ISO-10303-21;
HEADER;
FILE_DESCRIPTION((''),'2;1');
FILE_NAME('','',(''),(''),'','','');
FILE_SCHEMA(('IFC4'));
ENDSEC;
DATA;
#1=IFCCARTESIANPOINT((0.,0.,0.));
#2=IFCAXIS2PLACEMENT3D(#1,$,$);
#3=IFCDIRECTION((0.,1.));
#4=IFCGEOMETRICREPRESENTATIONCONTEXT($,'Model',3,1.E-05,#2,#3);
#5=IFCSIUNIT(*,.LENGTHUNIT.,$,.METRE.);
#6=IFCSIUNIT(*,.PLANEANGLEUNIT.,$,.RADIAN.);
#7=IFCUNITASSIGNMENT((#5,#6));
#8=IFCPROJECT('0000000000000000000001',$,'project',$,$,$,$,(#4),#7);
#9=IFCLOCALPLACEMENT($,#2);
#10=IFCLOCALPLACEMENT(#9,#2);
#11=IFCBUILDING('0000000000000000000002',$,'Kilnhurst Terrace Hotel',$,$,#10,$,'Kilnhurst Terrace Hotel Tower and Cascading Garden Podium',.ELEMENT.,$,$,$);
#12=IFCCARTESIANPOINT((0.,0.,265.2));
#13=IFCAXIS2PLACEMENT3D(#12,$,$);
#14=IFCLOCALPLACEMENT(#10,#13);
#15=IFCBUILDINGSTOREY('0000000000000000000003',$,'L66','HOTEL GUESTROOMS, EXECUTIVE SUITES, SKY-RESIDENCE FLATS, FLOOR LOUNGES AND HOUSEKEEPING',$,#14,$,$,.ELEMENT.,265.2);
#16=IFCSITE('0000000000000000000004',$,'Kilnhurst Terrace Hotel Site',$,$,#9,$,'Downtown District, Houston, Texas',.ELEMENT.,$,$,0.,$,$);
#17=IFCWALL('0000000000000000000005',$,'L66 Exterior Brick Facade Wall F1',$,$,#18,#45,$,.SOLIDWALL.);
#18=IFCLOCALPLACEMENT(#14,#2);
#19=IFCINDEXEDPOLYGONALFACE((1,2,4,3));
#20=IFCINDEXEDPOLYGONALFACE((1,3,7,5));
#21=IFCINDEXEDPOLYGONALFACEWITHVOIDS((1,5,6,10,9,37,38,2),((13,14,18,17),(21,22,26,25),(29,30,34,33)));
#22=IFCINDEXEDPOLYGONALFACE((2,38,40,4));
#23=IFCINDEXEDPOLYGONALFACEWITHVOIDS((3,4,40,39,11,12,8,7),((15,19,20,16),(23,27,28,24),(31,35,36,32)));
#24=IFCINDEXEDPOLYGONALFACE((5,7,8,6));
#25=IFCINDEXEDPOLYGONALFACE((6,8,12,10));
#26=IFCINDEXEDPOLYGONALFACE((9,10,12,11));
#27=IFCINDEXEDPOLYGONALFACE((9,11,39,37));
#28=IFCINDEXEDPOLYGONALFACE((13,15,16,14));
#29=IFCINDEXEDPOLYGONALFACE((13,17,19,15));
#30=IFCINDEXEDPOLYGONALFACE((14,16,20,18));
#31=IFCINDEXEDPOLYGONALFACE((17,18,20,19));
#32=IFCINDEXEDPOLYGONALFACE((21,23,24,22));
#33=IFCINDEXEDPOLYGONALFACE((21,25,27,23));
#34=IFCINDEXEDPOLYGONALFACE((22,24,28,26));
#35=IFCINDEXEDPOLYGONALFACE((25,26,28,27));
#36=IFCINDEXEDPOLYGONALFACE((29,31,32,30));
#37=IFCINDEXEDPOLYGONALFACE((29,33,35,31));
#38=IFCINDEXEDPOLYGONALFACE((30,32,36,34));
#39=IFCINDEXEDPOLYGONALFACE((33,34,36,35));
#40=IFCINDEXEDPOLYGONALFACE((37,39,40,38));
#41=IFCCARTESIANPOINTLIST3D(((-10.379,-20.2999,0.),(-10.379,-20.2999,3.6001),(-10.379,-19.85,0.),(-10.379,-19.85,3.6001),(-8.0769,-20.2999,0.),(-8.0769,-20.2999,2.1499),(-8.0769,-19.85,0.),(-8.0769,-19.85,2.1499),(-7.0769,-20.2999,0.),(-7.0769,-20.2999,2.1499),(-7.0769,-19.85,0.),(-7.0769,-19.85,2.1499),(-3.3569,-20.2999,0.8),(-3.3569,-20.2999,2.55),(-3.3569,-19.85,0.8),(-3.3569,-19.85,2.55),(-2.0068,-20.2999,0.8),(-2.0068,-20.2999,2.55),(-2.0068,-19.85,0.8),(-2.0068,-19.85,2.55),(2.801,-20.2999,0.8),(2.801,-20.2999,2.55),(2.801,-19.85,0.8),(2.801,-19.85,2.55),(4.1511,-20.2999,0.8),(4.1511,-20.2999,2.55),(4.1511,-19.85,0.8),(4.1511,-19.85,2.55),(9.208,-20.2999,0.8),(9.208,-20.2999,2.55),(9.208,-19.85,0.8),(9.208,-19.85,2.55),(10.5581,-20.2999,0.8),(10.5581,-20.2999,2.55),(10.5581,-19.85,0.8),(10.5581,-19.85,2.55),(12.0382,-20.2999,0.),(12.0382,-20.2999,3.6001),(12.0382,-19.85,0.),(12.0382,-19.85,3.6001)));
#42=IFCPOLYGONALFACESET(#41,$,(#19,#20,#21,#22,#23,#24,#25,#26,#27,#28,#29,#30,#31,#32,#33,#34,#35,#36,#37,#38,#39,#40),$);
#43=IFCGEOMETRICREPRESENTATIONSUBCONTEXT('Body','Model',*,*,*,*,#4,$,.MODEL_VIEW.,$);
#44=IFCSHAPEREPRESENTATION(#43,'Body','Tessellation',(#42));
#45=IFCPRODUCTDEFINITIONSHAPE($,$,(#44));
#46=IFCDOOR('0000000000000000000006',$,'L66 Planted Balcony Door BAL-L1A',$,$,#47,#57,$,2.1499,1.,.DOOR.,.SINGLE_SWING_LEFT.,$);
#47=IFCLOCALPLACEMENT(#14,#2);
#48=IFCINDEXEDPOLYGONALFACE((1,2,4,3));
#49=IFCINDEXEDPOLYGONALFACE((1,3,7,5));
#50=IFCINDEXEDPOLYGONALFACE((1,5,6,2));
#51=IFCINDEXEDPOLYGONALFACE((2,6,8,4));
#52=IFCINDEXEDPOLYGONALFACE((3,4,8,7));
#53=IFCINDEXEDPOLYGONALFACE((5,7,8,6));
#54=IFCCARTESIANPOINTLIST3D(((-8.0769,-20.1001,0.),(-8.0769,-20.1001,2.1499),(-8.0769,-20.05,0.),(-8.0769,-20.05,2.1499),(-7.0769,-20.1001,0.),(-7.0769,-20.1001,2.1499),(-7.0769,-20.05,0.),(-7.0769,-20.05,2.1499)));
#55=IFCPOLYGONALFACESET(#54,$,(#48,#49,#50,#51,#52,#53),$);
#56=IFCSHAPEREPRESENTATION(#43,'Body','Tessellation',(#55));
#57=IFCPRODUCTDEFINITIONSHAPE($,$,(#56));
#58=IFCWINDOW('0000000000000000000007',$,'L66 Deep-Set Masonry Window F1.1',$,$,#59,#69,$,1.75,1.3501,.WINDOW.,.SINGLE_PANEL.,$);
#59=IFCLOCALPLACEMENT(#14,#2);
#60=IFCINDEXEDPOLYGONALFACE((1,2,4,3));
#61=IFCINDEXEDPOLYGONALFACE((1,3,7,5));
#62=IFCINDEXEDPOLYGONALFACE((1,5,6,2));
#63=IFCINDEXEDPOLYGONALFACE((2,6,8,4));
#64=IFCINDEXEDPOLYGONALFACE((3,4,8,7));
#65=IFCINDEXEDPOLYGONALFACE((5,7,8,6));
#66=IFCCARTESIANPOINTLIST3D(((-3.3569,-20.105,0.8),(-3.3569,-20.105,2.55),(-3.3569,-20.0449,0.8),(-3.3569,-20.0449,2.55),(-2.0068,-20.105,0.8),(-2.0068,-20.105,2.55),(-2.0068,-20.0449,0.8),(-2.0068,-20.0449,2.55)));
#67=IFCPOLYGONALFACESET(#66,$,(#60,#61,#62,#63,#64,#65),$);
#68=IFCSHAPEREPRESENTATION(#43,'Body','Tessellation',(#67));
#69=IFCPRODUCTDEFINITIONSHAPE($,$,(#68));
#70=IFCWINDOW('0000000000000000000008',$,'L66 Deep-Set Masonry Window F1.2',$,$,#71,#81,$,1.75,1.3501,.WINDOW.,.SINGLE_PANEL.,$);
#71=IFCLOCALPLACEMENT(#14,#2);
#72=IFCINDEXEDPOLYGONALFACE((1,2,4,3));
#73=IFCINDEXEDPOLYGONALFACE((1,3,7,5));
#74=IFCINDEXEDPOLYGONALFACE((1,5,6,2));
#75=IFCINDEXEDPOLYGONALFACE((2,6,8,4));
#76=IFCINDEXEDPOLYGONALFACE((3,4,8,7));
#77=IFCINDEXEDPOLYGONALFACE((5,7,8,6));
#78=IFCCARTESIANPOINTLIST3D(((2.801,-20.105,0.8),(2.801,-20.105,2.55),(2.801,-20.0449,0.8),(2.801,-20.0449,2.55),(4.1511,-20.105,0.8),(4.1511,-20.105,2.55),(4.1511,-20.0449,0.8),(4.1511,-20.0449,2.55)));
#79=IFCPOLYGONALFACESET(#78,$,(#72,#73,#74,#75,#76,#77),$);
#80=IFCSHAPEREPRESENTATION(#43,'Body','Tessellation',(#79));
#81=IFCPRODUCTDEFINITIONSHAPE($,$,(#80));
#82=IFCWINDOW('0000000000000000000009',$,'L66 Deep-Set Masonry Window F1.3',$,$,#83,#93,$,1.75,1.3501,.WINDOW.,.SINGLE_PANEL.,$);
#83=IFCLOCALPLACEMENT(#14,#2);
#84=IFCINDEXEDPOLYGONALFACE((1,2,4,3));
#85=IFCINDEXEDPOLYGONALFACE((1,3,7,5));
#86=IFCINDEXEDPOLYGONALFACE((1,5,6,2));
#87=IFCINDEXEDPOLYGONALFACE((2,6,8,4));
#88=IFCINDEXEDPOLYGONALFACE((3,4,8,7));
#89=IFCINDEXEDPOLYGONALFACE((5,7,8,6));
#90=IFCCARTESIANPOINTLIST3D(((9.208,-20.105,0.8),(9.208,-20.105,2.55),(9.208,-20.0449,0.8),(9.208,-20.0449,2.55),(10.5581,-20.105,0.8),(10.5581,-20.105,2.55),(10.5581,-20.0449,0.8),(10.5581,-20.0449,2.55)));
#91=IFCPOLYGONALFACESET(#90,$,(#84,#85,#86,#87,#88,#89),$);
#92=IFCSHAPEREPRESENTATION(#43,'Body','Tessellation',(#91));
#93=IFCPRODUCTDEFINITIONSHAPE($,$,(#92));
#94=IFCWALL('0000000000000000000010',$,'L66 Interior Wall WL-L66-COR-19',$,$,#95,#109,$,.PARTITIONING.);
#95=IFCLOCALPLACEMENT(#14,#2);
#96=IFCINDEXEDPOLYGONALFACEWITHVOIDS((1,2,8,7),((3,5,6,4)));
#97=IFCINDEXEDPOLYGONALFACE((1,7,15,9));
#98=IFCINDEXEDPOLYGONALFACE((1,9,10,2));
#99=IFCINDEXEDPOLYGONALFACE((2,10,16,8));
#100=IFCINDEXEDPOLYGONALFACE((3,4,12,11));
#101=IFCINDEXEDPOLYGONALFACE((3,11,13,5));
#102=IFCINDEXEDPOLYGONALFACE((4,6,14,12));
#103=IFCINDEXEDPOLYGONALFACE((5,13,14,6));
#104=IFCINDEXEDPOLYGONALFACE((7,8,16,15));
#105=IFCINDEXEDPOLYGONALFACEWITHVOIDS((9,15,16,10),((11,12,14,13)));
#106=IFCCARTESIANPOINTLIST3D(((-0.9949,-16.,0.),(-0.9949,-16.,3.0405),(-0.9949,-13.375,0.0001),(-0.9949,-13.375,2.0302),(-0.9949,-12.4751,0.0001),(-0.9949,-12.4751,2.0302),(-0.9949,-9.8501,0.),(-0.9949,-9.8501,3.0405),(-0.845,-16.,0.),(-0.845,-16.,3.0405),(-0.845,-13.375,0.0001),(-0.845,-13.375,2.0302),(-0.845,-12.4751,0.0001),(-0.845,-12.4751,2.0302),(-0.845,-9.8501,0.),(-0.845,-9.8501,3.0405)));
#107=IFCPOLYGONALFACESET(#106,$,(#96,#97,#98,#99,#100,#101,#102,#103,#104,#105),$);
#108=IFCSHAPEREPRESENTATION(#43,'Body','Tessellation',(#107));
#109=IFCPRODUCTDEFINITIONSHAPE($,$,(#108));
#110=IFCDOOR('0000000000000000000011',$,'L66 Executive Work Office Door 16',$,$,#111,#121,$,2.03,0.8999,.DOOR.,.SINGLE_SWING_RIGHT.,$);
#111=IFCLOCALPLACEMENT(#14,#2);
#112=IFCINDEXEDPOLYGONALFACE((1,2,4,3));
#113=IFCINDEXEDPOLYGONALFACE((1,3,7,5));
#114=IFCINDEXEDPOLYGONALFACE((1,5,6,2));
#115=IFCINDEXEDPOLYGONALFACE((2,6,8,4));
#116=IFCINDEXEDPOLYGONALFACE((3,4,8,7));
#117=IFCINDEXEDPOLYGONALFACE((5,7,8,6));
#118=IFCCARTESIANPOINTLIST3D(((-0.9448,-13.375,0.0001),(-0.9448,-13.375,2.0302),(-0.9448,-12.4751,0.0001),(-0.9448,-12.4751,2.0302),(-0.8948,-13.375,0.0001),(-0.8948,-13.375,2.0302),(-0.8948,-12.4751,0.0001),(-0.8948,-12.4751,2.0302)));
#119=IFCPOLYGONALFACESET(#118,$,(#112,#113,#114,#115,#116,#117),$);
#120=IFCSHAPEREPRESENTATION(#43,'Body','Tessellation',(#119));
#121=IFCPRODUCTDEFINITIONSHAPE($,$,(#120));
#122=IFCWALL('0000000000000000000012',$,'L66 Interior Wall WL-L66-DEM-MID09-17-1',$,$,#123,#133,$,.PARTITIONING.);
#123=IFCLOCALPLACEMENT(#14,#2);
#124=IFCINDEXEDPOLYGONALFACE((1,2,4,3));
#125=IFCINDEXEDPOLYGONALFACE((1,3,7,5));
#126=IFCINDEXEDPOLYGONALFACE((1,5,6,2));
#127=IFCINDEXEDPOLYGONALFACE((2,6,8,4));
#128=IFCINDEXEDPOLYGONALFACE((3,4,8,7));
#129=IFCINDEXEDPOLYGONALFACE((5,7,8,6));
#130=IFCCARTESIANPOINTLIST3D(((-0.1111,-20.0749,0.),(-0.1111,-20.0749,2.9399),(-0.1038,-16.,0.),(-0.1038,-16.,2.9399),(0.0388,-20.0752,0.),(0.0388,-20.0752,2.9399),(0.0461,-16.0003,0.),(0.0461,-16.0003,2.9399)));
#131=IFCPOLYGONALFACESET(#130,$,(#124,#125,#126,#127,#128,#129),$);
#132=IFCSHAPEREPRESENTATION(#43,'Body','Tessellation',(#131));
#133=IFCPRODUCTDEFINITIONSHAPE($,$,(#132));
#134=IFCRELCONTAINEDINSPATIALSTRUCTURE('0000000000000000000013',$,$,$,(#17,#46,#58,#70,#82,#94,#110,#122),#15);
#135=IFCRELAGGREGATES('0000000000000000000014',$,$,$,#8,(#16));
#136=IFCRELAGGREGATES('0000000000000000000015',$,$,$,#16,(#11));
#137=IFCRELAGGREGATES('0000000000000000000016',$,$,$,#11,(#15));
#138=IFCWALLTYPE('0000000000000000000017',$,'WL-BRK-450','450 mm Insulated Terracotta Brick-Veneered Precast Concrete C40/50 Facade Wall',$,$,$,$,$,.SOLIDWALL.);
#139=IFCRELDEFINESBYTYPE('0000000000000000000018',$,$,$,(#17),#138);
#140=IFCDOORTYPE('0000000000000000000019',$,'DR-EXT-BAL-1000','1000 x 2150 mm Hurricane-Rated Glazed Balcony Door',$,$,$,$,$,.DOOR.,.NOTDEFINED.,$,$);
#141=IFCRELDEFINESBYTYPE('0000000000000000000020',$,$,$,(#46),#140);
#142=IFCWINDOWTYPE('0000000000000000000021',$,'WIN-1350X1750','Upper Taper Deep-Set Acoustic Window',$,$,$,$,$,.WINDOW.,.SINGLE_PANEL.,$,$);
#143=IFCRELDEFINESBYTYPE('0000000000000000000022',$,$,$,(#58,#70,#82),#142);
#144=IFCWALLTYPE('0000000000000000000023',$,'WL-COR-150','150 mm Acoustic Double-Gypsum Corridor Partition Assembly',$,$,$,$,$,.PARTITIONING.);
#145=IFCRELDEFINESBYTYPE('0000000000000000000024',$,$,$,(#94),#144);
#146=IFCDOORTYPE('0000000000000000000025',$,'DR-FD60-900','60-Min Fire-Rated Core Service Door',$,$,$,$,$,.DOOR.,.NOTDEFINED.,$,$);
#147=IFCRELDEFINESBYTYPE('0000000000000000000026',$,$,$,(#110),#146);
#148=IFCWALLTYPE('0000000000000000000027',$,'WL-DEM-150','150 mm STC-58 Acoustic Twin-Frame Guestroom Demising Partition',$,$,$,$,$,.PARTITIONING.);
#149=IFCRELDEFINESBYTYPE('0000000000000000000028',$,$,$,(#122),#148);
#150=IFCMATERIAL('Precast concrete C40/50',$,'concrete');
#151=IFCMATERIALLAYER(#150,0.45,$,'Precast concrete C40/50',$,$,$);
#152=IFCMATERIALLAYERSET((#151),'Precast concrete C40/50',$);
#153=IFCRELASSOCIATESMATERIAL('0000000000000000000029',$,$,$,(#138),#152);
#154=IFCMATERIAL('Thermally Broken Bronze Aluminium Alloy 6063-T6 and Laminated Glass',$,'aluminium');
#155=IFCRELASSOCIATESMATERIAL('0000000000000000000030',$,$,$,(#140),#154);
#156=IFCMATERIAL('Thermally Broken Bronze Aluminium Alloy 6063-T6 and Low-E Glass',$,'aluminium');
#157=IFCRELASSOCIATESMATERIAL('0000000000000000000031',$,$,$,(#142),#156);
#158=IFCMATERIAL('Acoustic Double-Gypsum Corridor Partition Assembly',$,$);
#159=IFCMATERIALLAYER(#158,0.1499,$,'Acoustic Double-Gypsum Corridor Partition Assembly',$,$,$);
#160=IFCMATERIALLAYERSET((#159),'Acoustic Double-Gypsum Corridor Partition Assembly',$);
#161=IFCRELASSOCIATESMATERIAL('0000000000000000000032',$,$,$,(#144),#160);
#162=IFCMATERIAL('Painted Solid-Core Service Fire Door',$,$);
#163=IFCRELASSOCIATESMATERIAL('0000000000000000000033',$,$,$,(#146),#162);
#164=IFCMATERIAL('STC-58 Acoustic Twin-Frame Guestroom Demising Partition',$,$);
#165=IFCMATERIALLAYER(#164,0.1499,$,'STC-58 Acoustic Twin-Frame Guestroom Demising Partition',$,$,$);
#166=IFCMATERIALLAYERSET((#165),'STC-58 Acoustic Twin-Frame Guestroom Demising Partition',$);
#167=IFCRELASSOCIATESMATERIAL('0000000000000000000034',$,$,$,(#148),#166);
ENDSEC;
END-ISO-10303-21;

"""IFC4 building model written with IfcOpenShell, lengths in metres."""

from ifc_helpers import new_model, si_unit, direction, frame, frame_2d, origin, place, context, subcontext, project, spatial, rectangle, extrude, material, layer, layer_set, type_object, element, fill, save


model = new_model("IFC4")

# Units and contexts
model_context = context("Model", 3, precision=1e-05, world=origin(), true_north=direction((0.0, 1.0)))
body_context = subcontext(model_context, "Body", "Model", "MODEL_VIEW")
ifc_project = project(units=[si_unit("LENGTHUNIT", "METRE"), si_unit("PLANEANGLEUNIT", "RADIAN")], contexts=[model_context])

# Site, building, storey
site_placement = place(None, origin())
site = spatial("IfcSite", under=ifc_project, at=site_placement, Name="Kilnhurst Terrace Hotel Site", LongName="Downtown District, Houston, Texas", CompositionType="ELEMENT", RefElevation=0.0)
building_placement = place(site_placement, origin())
building = spatial("IfcBuilding", under=site, at=building_placement, Name="Kilnhurst Terrace Hotel", LongName="Kilnhurst Terrace Hotel Tower and Cascading Garden Podium", CompositionType="ELEMENT")
storey_placement = place(building_placement, frame((0.0, 0.0, 265.2)))
storey = spatial("IfcBuildingStorey", under=building, at=storey_placement, Name="L66", Description="HOTEL GUESTROOMS, EXECUTIVE SUITES, SKY-RESIDENCE FLATS, FLOOR LOUNGES AND HOUSEKEEPING", CompositionType="ELEMENT", Elevation=265.2)

# Shared definitions
ifc_material_1 = material(Name="Precast concrete C40/50", Category="concrete")
ifc_layer_1 = layer(ifc_material_1, 0.45, Name="Precast concrete C40/50")
ifc_layer_set_1 = layer_set([ifc_layer_1], Name="Precast concrete C40/50")
wall_type_1 = type_object("IfcWallType", Name="WL-BRK-450", Description="450 mm Insulated Terracotta Brick-Veneered Precast Concrete C40/50 Facade Wall", PredefinedType="SOLIDWALL", material=ifc_layer_set_1)

# Wall, openings, door, windows
wall_1_placement = place(storey_placement, frame((-10.3789, -20.075, 0.0), z_axis=(0.0, 0.0, 1.0), x_axis=(1.0, 0.0, 0.0)))
wall_1 = element("IfcWall", 1, at=wall_1_placement, inside=storey, type_object=wall_type_1, Name="L66 Exterior Brick Facade Wall F1", PredefinedType="SOLIDWALL", context=body_context, shape_type="SweptSolid", body=[
    extrude(rectangle(XDim=22.4172, YDim=0.45, at=frame_2d((11.2085, 0.0))), origin(), (0.0, 0.0, 1.0), 3.6001),
])
opening_1_placement = place(wall_1_placement, frame((2.302, 0.0, 0.0)))
opening_1 = element("IfcOpeningElement", 2, at=opening_1_placement, cuts=wall_1, PredefinedType="OPENING", context=body_context, shape_type="SweptSolid", body=[
    extrude(rectangle(XDim=1.0, YDim=2.1499, at=frame_2d((0.5, 1.075))), frame((0.0, 0.2349, 0.0), z_axis=(0.0, -1.0, 0.0), x_axis=(1.0, 0.0, 0.0)), (0.0, 0.0, 1.0), 0.47),
])
opening_2_placement = place(wall_1_placement, frame((7.022, 0.0, 0.8)))
opening_2 = element("IfcOpeningElement", 3, at=opening_2_placement, cuts=wall_1, PredefinedType="OPENING", context=body_context, shape_type="SweptSolid", body=[
    extrude(rectangle(XDim=1.3501, YDim=1.75, at=frame_2d((0.675, 0.875))), frame((0.0, 0.2349, 0.0), z_axis=(0.0, -1.0, 0.0), x_axis=(1.0, 0.0, 0.0)), (0.0, 0.0, 1.0), 0.47),
])
opening_3_placement = place(wall_1_placement, frame((13.1799, 0.0, 0.8)))
opening_3 = element("IfcOpeningElement", 4, at=opening_3_placement, cuts=wall_1, PredefinedType="OPENING", context=body_context, shape_type="SweptSolid", body=[
    extrude(rectangle(XDim=1.3501, YDim=1.75, at=frame_2d((0.675, 0.875))), frame((0.0, 0.2349, 0.0), z_axis=(0.0, -1.0, 0.0), x_axis=(1.0, 0.0, 0.0)), (0.0, 0.0, 1.0), 0.47),
])
opening_4_placement = place(wall_1_placement, frame((19.5869, 0.0, 0.8)))
opening_4 = element("IfcOpeningElement", 5, at=opening_4_placement, cuts=wall_1, PredefinedType="OPENING", context=body_context, shape_type="SweptSolid", body=[
    extrude(rectangle(XDim=1.3501, YDim=1.75, at=frame_2d((0.675, 0.875))), frame((0.0, 0.2349, 0.0), z_axis=(0.0, -1.0, 0.0), x_axis=(1.0, 0.0, 0.0)), (0.0, 0.0, 1.0), 0.47),
])
ifc_material_2 = material(Name="Thermally Broken Bronze Aluminium Alloy 6063-T6 and Laminated Glass", Category="aluminium")
door_type_1 = type_object("IfcDoorType", Name="DR-EXT-BAL-1000", Description="1000 x 2150 mm Hurricane-Rated Glazed Balcony Door", OperationType="NOTDEFINED", PredefinedType="DOOR", material=ifc_material_2)
door_1_placement = place(opening_1_placement, origin())
door_1 = element("IfcDoor", 6, at=door_1_placement, inside=storey, type_object=door_type_1, Name="L66 Planted Balcony Door BAL-L1A", OperationType="SINGLE_SWING_LEFT", OverallHeight=2.1499, OverallWidth=1.0, PredefinedType="DOOR", context=body_context, shape_type="SweptSolid", body=[
    extrude(rectangle(XDim=1.0, YDim=2.1499, at=frame_2d((0.5, 1.075))), frame((0.0, 0.0249, 0.0), z_axis=(0.0, -1.0, 0.0), x_axis=(1.0, 0.0, 0.0)), (0.0, 0.0, 1.0), 0.05),
])
fill(opening_1, door_1)
ifc_material_3 = material(Name="Thermally Broken Bronze Aluminium Alloy 6063-T6 and Low-E Glass", Category="aluminium")
window_type = type_object("IfcWindowType", Name="WIN-1350X1750", Description="Upper Taper Deep-Set Acoustic Window", PartitioningType="SINGLE_PANEL", PredefinedType="WINDOW", material=ifc_material_3)
window_1_placement = place(opening_2_placement, origin())
window_1 = element("IfcWindow", 7, at=window_1_placement, inside=storey, type_object=window_type, Name="L66 Deep-Set Masonry Window F1.1", OverallHeight=1.75, OverallWidth=1.3501, PartitioningType="SINGLE_PANEL", PredefinedType="WINDOW", context=body_context, shape_type="SweptSolid", body=[
    extrude(rectangle(XDim=1.3501, YDim=1.75, at=frame_2d((0.675, 0.875))), frame((0.0, 0.03, 0.0), z_axis=(0.0, -1.0, 0.0), x_axis=(1.0, 0.0, 0.0)), (0.0, 0.0, 1.0), 0.0601),
])
fill(opening_2, window_1)
window_2_placement = place(opening_3_placement, origin())
window_2 = element("IfcWindow", 8, at=window_2_placement, inside=storey, type_object=window_type, Name="L66 Deep-Set Masonry Window F1.2", OverallHeight=1.75, OverallWidth=1.3501, PartitioningType="SINGLE_PANEL", PredefinedType="WINDOW", context=body_context, shape_type="SweptSolid", body=[
    extrude(rectangle(XDim=1.3501, YDim=1.75, at=frame_2d((0.675, 0.875))), frame((0.0, 0.03, 0.0), z_axis=(0.0, -1.0, 0.0), x_axis=(1.0, 0.0, 0.0)), (0.0, 0.0, 1.0), 0.0601),
])
fill(opening_3, window_2)
window_3_placement = place(opening_4_placement, origin())
window_3 = element("IfcWindow", 9, at=window_3_placement, inside=storey, type_object=window_type, Name="L66 Deep-Set Masonry Window F1.3", OverallHeight=1.75, OverallWidth=1.3501, PartitioningType="SINGLE_PANEL", PredefinedType="WINDOW", context=body_context, shape_type="SweptSolid", body=[
    extrude(rectangle(XDim=1.3501, YDim=1.75, at=frame_2d((0.675, 0.875))), frame((0.0, 0.03, 0.0), z_axis=(0.0, -1.0, 0.0), x_axis=(1.0, 0.0, 0.0)), (0.0, 0.0, 1.0), 0.0601),
])
fill(opening_4, window_3)

# Wall, opening, door
ifc_material_4 = material(Name="Acoustic Double-Gypsum Corridor Partition Assembly")
ifc_layer_2 = layer(ifc_material_4, 0.1499, Name="Acoustic Double-Gypsum Corridor Partition Assembly")
ifc_layer_set_2 = layer_set([ifc_layer_2], Name="Acoustic Double-Gypsum Corridor Partition Assembly")
wall_type_2 = type_object("IfcWallType", Name="WL-COR-150", Description="150 mm Acoustic Double-Gypsum Corridor Partition Assembly", PredefinedType="PARTITIONING", material=ifc_layer_set_2)
wall_2_placement = place(storey_placement, frame((-0.9199, -16.0, 0.0), z_axis=(0.0, 0.0, 1.0), x_axis=(0.0, 1.0, 0.0)))
wall_2 = element("IfcWall", 10, at=wall_2_placement, inside=storey, type_object=wall_type_2, Name="L66 Interior Wall WL-L66-COR-19", PredefinedType="PARTITIONING", context=body_context, shape_type="SweptSolid", body=[
    extrude(rectangle(XDim=6.1499, YDim=0.1499, at=frame_2d((3.075, 0.0))), origin(), (0.0, 0.0, 1.0), 3.0405),
])
opening_5_placement = place(wall_2_placement, frame((2.625, 0.0, 0.0)))
opening_5 = element("IfcOpeningElement", 11, at=opening_5_placement, cuts=wall_2, PredefinedType="OPENING", context=body_context, shape_type="SweptSolid", body=[
    extrude(rectangle(XDim=0.8999, YDim=2.03, at=frame_2d((0.45, 1.0151))), frame((0.0, 0.085, 0.0), z_axis=(0.0, -1.0, 0.0), x_axis=(1.0, 0.0, 0.0)), (0.0, 0.0, 1.0), 0.1699),
])
ifc_material_5 = material(Name="Painted Solid-Core Service Fire Door")
door_type_2 = type_object("IfcDoorType", Name="DR-FD60-900", Description="60-Min Fire-Rated Core Service Door", OperationType="NOTDEFINED", PredefinedType="DOOR", material=ifc_material_5)
door_2_placement = place(opening_5_placement, origin())
door_2 = element("IfcDoor", 12, at=door_2_placement, inside=storey, type_object=door_type_2, Name="L66 Executive Work Office Door 16", OperationType="SINGLE_SWING_RIGHT", OverallHeight=2.03, OverallWidth=0.8999, PredefinedType="DOOR", context=body_context, shape_type="SweptSolid", body=[
    extrude(rectangle(XDim=0.8999, YDim=2.03, at=frame_2d((0.45, 1.0151))), frame((0.0, 0.0249, 0.0), z_axis=(0.0, -1.0, 0.0), x_axis=(1.0, 0.0, 0.0)), (0.0, 0.0, 1.0), 0.05),
])
fill(opening_5, door_2)

# Wall
ifc_material_6 = material(Name="STC-58 Acoustic Twin-Frame Guestroom Demising Partition")
ifc_layer_3 = layer(ifc_material_6, 0.1499, Name="STC-58 Acoustic Twin-Frame Guestroom Demising Partition")
ifc_layer_set_3 = layer_set([ifc_layer_3], Name="STC-58 Acoustic Twin-Frame Guestroom Demising Partition")
wall_type_3 = type_object("IfcWallType", Name="WL-DEM-150", Description="150 mm STC-58 Acoustic Twin-Frame Guestroom Demising Partition", PredefinedType="PARTITIONING", material=ifc_layer_set_3)
wall_3_placement = place(storey_placement, frame((-0.0288, -16.0, 0.0), z_axis=(0.0, 0.0, 1.0), x_axis=(-0.001797, -0.999998, 0.0)))
element("IfcWall", 13, at=wall_3_placement, inside=storey, type_object=wall_type_3, Name="L66 Interior Wall WL-L66-DEM-MID09-17-1", PredefinedType="PARTITIONING", context=body_context, shape_type="SweptSolid", body=[
    extrude(rectangle(XDim=4.075, YDim=0.1499, at=frame_2d((2.0376, 0.0))), origin(), (0.0, 0.0, 1.0), 2.9399),
])

save(model, "model.ifc")
